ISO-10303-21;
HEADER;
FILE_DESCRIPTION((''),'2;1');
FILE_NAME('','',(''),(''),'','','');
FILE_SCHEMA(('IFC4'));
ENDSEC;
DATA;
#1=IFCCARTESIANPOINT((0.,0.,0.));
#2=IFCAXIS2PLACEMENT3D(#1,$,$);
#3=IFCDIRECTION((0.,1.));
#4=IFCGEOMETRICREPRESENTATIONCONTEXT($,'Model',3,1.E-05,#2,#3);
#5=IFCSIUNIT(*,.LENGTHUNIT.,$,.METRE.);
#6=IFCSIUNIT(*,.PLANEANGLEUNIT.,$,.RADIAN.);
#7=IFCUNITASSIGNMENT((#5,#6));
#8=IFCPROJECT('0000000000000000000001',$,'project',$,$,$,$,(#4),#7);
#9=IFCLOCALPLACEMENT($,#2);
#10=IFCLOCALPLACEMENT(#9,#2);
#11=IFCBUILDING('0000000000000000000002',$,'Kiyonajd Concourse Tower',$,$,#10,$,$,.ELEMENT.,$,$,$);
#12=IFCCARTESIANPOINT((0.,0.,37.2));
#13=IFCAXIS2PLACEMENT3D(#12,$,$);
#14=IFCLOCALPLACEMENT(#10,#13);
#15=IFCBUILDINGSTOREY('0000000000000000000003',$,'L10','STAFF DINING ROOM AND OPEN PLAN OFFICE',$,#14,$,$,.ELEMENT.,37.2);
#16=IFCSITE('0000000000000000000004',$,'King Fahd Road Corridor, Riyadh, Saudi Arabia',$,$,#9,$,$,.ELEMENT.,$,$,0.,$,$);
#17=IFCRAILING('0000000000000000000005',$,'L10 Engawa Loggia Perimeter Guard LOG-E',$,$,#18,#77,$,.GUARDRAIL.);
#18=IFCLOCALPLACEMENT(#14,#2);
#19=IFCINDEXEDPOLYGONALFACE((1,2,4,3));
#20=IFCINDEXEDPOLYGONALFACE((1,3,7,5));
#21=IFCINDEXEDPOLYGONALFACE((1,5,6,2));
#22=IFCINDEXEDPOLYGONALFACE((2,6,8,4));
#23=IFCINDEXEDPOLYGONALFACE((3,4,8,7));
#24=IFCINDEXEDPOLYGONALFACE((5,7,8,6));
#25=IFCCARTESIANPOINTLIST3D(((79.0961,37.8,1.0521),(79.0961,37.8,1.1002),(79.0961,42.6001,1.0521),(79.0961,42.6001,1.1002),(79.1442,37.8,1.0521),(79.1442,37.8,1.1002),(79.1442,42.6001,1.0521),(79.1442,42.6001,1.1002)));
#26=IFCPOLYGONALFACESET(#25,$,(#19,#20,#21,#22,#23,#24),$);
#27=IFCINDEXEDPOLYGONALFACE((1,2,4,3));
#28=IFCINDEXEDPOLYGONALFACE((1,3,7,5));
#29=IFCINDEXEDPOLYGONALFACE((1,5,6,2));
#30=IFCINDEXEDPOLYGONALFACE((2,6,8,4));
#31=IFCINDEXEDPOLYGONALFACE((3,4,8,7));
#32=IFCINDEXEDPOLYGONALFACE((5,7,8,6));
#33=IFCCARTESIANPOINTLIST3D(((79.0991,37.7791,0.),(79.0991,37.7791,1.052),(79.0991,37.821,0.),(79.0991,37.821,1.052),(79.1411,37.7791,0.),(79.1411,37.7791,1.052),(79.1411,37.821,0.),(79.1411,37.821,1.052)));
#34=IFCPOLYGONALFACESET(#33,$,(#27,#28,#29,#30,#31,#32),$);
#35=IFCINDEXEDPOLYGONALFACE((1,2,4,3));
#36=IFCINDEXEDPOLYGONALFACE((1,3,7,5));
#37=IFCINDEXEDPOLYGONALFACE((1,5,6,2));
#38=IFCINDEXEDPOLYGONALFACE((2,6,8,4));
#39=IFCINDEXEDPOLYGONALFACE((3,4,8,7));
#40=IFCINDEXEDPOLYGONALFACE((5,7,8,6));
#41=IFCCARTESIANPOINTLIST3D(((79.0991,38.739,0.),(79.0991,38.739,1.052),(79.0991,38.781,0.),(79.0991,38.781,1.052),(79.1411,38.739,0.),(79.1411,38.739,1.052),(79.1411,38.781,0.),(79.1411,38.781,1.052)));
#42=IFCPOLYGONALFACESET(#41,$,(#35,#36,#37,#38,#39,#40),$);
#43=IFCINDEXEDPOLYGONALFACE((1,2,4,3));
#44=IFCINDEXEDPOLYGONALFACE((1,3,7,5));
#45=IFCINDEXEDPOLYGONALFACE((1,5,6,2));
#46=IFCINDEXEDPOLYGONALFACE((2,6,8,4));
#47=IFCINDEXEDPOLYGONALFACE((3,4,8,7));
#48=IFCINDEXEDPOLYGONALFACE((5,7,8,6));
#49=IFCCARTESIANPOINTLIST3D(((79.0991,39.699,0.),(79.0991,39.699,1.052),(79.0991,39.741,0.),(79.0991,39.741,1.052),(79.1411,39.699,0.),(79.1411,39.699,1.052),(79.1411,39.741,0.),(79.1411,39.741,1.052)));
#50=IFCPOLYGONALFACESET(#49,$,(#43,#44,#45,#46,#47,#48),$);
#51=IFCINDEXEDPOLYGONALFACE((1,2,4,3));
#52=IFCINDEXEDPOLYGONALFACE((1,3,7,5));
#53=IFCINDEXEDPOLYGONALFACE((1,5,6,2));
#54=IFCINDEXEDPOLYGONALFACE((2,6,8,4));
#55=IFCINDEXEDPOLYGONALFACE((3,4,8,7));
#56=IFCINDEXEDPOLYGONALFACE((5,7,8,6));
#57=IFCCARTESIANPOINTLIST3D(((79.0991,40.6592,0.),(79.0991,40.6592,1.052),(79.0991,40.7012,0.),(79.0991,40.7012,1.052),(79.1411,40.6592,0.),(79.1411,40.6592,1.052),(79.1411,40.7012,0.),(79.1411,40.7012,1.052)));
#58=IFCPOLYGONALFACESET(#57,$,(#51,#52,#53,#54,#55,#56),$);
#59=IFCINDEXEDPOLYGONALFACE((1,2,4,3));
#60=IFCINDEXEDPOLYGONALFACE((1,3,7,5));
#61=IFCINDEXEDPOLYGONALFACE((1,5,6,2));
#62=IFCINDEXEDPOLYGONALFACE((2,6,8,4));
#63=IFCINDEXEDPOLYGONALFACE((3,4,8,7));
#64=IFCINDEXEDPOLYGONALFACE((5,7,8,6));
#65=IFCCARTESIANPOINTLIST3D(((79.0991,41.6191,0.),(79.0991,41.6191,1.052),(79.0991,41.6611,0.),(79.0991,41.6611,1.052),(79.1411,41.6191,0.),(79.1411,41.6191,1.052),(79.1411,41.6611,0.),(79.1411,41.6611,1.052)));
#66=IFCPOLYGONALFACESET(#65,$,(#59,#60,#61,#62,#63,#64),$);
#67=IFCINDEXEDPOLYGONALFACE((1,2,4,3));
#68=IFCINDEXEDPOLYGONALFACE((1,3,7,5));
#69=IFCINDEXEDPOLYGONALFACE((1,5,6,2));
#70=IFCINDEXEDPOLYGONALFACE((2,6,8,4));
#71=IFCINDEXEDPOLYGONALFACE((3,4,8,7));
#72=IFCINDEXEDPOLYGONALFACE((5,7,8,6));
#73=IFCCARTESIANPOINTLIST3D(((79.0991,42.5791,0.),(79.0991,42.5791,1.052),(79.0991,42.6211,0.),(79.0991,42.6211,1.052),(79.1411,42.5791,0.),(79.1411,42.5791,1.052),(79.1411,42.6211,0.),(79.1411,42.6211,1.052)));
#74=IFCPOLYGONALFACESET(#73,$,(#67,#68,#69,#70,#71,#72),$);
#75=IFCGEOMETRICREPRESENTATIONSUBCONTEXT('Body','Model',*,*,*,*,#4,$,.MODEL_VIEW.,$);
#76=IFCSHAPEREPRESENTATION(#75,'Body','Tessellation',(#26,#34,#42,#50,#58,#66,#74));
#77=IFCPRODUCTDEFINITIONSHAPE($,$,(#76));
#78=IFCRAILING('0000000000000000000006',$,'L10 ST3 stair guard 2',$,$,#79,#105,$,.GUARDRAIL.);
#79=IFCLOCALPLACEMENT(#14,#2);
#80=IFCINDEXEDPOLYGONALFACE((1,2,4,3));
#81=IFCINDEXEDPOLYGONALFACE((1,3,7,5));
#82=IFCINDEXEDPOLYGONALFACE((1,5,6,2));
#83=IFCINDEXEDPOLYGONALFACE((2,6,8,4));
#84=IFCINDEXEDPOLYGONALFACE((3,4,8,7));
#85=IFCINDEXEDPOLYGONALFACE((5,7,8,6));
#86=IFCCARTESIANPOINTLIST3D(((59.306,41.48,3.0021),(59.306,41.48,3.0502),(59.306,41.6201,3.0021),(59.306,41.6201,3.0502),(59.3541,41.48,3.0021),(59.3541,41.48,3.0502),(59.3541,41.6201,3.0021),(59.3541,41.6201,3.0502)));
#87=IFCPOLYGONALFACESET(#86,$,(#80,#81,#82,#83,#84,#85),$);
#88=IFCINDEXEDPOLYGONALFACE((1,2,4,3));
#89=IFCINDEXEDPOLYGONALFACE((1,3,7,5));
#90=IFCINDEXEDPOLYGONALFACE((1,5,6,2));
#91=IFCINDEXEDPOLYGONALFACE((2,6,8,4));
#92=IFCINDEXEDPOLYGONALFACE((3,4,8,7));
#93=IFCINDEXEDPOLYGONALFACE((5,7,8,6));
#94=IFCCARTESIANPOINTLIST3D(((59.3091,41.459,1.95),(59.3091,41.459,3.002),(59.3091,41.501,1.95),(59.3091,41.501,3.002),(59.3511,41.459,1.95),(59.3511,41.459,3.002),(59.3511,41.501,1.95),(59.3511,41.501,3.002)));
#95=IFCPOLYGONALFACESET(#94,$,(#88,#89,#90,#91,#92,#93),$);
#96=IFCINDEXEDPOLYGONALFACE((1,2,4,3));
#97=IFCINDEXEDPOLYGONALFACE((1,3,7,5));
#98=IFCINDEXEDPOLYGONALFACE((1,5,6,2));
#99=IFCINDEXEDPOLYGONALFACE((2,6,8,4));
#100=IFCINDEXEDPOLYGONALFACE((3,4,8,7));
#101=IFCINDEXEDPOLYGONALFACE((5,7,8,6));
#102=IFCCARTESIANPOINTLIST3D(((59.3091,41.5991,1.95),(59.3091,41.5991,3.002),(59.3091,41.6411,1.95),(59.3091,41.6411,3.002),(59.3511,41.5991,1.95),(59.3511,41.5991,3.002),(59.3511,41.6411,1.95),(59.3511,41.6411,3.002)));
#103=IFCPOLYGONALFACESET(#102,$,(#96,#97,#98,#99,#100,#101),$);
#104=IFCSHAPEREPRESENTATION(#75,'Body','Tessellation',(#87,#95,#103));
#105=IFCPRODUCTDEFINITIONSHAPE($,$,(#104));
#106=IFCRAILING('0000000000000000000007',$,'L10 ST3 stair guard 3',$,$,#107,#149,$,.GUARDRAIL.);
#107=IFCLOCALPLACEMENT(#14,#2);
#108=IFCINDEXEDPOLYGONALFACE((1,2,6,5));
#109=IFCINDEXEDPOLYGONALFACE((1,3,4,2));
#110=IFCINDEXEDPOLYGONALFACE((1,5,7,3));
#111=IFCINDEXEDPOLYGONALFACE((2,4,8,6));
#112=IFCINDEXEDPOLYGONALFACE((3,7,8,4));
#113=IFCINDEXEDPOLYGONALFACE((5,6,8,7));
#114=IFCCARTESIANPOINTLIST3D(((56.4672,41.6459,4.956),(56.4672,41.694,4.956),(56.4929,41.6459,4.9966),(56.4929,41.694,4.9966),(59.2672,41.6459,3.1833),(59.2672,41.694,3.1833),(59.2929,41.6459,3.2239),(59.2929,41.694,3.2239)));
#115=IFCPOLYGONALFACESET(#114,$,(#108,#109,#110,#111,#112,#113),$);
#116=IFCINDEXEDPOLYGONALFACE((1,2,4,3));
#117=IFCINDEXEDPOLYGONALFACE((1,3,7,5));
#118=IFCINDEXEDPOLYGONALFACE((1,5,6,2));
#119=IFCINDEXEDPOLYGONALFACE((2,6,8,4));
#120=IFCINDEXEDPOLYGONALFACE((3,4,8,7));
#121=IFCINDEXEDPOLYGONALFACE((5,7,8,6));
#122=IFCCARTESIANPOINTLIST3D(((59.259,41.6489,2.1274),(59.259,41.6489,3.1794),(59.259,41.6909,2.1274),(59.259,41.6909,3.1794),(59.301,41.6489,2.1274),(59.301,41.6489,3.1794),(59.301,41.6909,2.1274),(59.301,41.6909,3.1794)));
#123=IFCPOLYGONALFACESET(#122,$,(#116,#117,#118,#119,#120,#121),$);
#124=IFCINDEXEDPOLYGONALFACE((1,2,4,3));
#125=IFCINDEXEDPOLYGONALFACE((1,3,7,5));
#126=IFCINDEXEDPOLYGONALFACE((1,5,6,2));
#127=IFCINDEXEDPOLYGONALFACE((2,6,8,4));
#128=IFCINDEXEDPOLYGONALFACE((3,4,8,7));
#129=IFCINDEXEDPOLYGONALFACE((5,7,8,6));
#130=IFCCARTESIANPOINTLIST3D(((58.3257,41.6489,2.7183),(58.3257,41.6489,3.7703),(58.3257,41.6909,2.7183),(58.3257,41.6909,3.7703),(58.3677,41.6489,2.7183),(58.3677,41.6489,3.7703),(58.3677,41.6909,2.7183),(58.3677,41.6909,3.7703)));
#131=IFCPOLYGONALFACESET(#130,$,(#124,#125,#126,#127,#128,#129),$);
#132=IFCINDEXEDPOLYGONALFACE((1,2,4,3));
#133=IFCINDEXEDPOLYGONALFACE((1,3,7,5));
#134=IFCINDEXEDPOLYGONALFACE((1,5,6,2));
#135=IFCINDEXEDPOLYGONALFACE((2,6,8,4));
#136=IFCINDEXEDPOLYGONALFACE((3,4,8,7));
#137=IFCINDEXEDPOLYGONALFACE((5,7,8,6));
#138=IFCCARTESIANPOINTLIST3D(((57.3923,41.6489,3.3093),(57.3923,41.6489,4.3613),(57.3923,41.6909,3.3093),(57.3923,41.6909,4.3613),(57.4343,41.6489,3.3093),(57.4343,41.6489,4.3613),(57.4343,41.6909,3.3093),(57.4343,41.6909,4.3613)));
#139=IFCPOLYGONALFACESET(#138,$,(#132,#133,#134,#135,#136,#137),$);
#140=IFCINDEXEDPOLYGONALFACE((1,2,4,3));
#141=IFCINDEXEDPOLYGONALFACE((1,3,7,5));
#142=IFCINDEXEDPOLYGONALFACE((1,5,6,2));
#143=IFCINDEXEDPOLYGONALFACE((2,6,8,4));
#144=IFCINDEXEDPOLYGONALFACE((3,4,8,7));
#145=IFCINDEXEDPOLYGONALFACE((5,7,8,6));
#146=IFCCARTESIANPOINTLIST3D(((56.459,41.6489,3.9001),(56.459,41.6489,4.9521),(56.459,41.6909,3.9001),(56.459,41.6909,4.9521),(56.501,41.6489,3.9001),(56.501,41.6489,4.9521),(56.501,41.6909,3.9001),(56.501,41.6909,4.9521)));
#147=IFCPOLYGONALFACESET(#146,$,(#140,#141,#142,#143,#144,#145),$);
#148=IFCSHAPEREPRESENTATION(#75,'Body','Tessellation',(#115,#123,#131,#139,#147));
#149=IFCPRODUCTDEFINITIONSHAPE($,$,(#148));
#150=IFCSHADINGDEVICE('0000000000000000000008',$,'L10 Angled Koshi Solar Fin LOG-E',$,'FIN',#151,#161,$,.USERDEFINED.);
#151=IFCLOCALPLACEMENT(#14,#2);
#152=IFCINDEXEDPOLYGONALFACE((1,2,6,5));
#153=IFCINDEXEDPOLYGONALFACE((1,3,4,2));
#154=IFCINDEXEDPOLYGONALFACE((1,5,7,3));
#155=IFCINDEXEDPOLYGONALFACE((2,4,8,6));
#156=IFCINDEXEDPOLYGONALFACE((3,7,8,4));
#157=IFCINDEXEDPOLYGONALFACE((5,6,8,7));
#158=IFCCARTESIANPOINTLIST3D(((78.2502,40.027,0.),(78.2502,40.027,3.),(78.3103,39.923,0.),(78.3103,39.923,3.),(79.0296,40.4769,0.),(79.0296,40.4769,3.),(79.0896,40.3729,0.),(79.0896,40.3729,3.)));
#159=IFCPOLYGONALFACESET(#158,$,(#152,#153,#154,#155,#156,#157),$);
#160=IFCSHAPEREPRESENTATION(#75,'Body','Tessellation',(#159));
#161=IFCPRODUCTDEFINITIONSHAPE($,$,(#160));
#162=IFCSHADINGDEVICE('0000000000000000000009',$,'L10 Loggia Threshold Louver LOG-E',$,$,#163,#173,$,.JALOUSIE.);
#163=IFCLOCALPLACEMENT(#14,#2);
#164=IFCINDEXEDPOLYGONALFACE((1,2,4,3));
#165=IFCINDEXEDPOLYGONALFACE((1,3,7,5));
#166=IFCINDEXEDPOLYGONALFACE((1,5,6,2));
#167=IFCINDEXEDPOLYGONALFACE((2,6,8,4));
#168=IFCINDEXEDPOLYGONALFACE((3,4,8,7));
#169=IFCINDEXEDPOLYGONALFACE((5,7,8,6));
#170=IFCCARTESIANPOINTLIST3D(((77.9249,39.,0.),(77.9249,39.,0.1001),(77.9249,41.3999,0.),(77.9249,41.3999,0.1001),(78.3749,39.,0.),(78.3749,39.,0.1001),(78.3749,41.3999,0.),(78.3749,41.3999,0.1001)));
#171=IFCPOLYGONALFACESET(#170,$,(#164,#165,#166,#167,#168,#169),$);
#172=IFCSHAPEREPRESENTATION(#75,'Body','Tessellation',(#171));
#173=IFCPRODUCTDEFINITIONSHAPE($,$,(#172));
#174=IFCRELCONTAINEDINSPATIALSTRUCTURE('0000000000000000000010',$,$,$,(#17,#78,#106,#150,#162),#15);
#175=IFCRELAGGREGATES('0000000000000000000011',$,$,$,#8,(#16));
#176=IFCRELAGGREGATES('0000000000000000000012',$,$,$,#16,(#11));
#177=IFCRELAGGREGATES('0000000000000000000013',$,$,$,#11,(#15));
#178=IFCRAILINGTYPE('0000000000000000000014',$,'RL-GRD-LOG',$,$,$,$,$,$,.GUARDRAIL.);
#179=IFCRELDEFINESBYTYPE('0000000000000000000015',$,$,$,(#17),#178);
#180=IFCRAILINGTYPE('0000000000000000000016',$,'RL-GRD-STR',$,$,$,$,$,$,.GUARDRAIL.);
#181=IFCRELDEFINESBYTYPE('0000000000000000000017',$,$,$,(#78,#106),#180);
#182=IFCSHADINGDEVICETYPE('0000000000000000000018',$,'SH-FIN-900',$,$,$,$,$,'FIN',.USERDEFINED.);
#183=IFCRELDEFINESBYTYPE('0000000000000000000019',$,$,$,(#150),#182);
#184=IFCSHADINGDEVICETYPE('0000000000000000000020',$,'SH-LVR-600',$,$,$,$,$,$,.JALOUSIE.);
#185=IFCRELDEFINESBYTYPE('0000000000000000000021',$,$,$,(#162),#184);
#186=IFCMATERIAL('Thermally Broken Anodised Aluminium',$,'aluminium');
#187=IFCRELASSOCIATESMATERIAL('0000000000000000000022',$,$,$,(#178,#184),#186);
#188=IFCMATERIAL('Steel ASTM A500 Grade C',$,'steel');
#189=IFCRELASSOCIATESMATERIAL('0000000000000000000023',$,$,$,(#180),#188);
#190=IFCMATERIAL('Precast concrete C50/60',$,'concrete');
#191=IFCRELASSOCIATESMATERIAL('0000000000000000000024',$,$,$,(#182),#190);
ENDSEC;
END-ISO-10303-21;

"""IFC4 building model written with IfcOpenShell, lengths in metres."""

from ifc_helpers import new_model, si_unit, direction, frame, origin, origin_2d, place, context, subcontext, project, spatial, rectangle, extrude, material, type_object, element, save


model = new_model("IFC4")

# Units and contexts
model_context = context("Model", 3, precision=1e-05, world=origin(), true_north=direction((0.0, 1.0)))
body_context = subcontext(model_context, "Body", "Model", "MODEL_VIEW")
ifc_project = project(units=[si_unit("LENGTHUNIT", "METRE"), si_unit("PLANEANGLEUNIT", "RADIAN")], contexts=[model_context])

# Site, building, storey
site_placement = place(None, origin())
site = spatial("IfcSite", under=ifc_project, at=site_placement, Name="King Fahd Road Corridor, Riyadh, Saudi Arabia", CompositionType="ELEMENT", RefElevation=0.0)
building_placement = place(site_placement, origin())
building = spatial("IfcBuilding", under=site, at=building_placement, Name="Kiyonajd Concourse Tower", CompositionType="ELEMENT")
storey_placement = place(building_placement, frame((0.0, 0.0, 37.2)))
storey = spatial("IfcBuildingStorey", under=building, at=storey_placement, Name="L10", Description="STAFF DINING ROOM AND OPEN PLAN OFFICE", CompositionType="ELEMENT", Elevation=37.2)

# Shared definitions
ifc_material_1 = material(Name="Precast concrete C50/60", Category="concrete")

# Shared definitions
ifc_material_2 = material(Name="Thermally Broken Anodised Aluminium", Category="aluminium")

# Railings
railing_type_1 = type_object("IfcRailingType", Name="RL-GRD-LOG", PredefinedType="GUARDRAIL", material=ifc_material_2)
railing_1_placement = place(storey_placement, frame((79.1201, 37.8, 0.0)))
element("IfcRailing", 1, at=railing_1_placement, inside=storey, type_object=railing_type_1, Name="L10 Engawa Loggia Perimeter Guard LOG-E", PredefinedType="GUARDRAIL", context=body_context, shape_type="SweptSolid", body=[
    extrude(rectangle(XDim=0.0481, YDim=0.0481, at=origin_2d()), frame((0.0, 0.0, 1.0762), z_axis=(0.0, 1.0, 0.0), x_axis=(-1.0, 0.0, 0.0)), (0.0, 0.0, 1.0), 4.8),
    extrude(rectangle(XDim=0.042, YDim=0.042, at=origin_2d()), origin(), (0.0, 0.0, 1.0), 1.052),
    extrude(rectangle(XDim=0.042, YDim=0.042, at=origin_2d()), frame((0.0, 0.96, 0.0)), (0.0, 0.0, 1.0), 1.052),
    extrude(rectangle(XDim=0.042, YDim=0.042, at=origin_2d()), frame((0.0, 1.9199, 0.0)), (0.0, 0.0, 1.0), 1.052),
    extrude(rectangle(XDim=0.042, YDim=0.042, at=origin_2d()), frame((0.0, 2.8801, 0.0)), (0.0, 0.0, 1.0), 1.052),
    extrude(rectangle(XDim=0.042, YDim=0.042, at=origin_2d()), frame((0.0, 3.8401, 0.0)), (0.0, 0.0, 1.0), 1.052),
    extrude(rectangle(XDim=0.042, YDim=0.042, at=origin_2d()), frame((0.0, 4.8, 0.0)), (0.0, 0.0, 1.0), 1.052),
])
ifc_material_3 = material(Name="Steel ASTM A500 Grade C", Category="steel")
railing_type_2 = type_object("IfcRailingType", Name="RL-GRD-STR", PredefinedType="GUARDRAIL", material=ifc_material_3)
railing_2_placement = place(storey_placement, frame((59.3301, 41.48, 1.95)))
element("IfcRailing", 2, at=railing_2_placement, inside=storey, type_object=railing_type_2, Name="L10 ST3 stair guard 2", PredefinedType="GUARDRAIL", context=body_context, shape_type="SweptSolid", body=[
    extrude(rectangle(XDim=0.0481, YDim=0.0481, at=origin_2d()), frame((0.0, 0.0, 1.0762), z_axis=(0.0, 1.0, 0.0), x_axis=(-1.0, 0.0, 0.0)), (0.0, 0.0, 1.0), 0.1401),
    extrude(rectangle(XDim=0.042, YDim=0.042, at=origin_2d()), origin(), (0.0, 0.0, 1.0), 1.052),
    extrude(rectangle(XDim=0.042, YDim=0.042, at=origin_2d()), frame((0.0, 0.1401, 0.0)), (0.0, 0.0, 1.0), 1.052),
])
railing_3_placement = place(storey_placement, frame((59.28, 41.6699, 2.1274)))
element("IfcRailing", 3, at=railing_3_placement, inside=storey, type_object=railing_type_2, Name="L10 ST3 stair guard 3", PredefinedType="GUARDRAIL", context=body_context, shape_type="SweptSolid", body=[
    extrude(rectangle(XDim=0.0481, YDim=0.0481, at=origin_2d()), frame((0.0, 0.0, 1.0762), z_axis=(-0.844909, 0.0, 0.53491), x_axis=(0.0, -1.0, 0.0)), (0.0, 0.0, 1.0), 3.314),
    extrude(rectangle(XDim=0.042, YDim=0.042, at=origin_2d()), origin(), (0.0, 0.0, 1.0), 1.052),
    extrude(rectangle(XDim=0.042, YDim=0.042, at=origin_2d()), frame((-0.9333, 0.0, 0.5908)), (0.0, 0.0, 1.0), 1.052),
    extrude(rectangle(XDim=0.042, YDim=0.042, at=origin_2d()), frame((-1.8667, 0.0, 1.1819)), (0.0, 0.0, 1.0), 1.052),
    extrude(rectangle(XDim=0.042, YDim=0.042, at=origin_2d()), frame((-2.8, 0.0, 1.7727)), (0.0, 0.0, 1.0), 1.052),
])

# Shading devices
shading_device_type_1 = type_object("IfcShadingDeviceType", Name="SH-FIN-900", ElementType="FIN", PredefinedType="USERDEFINED", material=ifc_material_1)
shading_device_1_placement = place(storey_placement, frame((78.6699, 40.2, 0.0), z_axis=(0.0, 0.0, 1.0), x_axis=(0.866025, 0.5, 0.0)))
element("IfcShadingDevice", 4, at=shading_device_1_placement, inside=storey, type_object=shading_device_type_1, Name="L10 Angled Koshi Solar Fin LOG-E", ObjectType="FIN", PredefinedType="USERDEFINED", context=body_context, shape_type="SweptSolid", body=[
    extrude(rectangle(XDim=0.8999, YDim=0.1201, at=origin_2d()), origin(), (0.0, 0.0, 1.0), 3.0),
])
shading_device_type_2 = type_object("IfcShadingDeviceType", Name="SH-LVR-600", PredefinedType="JALOUSIE", material=ifc_material_2)
shading_device_2_placement = place(storey_placement, frame((78.1499, 40.2, 0.0), z_axis=(0.0, 0.0, 1.0), x_axis=(0.0, 1.0, 0.0)))
element("IfcShadingDevice", 5, at=shading_device_2_placement, inside=storey, type_object=shading_device_type_2, Name="L10 Loggia Threshold Louver LOG-E", PredefinedType="JALOUSIE", context=body_context, shape_type="SweptSolid", body=[
    extrude(rectangle(XDim=2.3999, YDim=0.45, at=origin_2d()), origin(), (0.0, 0.0, 1.0), 0.1001),
])

save(model, "model.ifc")
